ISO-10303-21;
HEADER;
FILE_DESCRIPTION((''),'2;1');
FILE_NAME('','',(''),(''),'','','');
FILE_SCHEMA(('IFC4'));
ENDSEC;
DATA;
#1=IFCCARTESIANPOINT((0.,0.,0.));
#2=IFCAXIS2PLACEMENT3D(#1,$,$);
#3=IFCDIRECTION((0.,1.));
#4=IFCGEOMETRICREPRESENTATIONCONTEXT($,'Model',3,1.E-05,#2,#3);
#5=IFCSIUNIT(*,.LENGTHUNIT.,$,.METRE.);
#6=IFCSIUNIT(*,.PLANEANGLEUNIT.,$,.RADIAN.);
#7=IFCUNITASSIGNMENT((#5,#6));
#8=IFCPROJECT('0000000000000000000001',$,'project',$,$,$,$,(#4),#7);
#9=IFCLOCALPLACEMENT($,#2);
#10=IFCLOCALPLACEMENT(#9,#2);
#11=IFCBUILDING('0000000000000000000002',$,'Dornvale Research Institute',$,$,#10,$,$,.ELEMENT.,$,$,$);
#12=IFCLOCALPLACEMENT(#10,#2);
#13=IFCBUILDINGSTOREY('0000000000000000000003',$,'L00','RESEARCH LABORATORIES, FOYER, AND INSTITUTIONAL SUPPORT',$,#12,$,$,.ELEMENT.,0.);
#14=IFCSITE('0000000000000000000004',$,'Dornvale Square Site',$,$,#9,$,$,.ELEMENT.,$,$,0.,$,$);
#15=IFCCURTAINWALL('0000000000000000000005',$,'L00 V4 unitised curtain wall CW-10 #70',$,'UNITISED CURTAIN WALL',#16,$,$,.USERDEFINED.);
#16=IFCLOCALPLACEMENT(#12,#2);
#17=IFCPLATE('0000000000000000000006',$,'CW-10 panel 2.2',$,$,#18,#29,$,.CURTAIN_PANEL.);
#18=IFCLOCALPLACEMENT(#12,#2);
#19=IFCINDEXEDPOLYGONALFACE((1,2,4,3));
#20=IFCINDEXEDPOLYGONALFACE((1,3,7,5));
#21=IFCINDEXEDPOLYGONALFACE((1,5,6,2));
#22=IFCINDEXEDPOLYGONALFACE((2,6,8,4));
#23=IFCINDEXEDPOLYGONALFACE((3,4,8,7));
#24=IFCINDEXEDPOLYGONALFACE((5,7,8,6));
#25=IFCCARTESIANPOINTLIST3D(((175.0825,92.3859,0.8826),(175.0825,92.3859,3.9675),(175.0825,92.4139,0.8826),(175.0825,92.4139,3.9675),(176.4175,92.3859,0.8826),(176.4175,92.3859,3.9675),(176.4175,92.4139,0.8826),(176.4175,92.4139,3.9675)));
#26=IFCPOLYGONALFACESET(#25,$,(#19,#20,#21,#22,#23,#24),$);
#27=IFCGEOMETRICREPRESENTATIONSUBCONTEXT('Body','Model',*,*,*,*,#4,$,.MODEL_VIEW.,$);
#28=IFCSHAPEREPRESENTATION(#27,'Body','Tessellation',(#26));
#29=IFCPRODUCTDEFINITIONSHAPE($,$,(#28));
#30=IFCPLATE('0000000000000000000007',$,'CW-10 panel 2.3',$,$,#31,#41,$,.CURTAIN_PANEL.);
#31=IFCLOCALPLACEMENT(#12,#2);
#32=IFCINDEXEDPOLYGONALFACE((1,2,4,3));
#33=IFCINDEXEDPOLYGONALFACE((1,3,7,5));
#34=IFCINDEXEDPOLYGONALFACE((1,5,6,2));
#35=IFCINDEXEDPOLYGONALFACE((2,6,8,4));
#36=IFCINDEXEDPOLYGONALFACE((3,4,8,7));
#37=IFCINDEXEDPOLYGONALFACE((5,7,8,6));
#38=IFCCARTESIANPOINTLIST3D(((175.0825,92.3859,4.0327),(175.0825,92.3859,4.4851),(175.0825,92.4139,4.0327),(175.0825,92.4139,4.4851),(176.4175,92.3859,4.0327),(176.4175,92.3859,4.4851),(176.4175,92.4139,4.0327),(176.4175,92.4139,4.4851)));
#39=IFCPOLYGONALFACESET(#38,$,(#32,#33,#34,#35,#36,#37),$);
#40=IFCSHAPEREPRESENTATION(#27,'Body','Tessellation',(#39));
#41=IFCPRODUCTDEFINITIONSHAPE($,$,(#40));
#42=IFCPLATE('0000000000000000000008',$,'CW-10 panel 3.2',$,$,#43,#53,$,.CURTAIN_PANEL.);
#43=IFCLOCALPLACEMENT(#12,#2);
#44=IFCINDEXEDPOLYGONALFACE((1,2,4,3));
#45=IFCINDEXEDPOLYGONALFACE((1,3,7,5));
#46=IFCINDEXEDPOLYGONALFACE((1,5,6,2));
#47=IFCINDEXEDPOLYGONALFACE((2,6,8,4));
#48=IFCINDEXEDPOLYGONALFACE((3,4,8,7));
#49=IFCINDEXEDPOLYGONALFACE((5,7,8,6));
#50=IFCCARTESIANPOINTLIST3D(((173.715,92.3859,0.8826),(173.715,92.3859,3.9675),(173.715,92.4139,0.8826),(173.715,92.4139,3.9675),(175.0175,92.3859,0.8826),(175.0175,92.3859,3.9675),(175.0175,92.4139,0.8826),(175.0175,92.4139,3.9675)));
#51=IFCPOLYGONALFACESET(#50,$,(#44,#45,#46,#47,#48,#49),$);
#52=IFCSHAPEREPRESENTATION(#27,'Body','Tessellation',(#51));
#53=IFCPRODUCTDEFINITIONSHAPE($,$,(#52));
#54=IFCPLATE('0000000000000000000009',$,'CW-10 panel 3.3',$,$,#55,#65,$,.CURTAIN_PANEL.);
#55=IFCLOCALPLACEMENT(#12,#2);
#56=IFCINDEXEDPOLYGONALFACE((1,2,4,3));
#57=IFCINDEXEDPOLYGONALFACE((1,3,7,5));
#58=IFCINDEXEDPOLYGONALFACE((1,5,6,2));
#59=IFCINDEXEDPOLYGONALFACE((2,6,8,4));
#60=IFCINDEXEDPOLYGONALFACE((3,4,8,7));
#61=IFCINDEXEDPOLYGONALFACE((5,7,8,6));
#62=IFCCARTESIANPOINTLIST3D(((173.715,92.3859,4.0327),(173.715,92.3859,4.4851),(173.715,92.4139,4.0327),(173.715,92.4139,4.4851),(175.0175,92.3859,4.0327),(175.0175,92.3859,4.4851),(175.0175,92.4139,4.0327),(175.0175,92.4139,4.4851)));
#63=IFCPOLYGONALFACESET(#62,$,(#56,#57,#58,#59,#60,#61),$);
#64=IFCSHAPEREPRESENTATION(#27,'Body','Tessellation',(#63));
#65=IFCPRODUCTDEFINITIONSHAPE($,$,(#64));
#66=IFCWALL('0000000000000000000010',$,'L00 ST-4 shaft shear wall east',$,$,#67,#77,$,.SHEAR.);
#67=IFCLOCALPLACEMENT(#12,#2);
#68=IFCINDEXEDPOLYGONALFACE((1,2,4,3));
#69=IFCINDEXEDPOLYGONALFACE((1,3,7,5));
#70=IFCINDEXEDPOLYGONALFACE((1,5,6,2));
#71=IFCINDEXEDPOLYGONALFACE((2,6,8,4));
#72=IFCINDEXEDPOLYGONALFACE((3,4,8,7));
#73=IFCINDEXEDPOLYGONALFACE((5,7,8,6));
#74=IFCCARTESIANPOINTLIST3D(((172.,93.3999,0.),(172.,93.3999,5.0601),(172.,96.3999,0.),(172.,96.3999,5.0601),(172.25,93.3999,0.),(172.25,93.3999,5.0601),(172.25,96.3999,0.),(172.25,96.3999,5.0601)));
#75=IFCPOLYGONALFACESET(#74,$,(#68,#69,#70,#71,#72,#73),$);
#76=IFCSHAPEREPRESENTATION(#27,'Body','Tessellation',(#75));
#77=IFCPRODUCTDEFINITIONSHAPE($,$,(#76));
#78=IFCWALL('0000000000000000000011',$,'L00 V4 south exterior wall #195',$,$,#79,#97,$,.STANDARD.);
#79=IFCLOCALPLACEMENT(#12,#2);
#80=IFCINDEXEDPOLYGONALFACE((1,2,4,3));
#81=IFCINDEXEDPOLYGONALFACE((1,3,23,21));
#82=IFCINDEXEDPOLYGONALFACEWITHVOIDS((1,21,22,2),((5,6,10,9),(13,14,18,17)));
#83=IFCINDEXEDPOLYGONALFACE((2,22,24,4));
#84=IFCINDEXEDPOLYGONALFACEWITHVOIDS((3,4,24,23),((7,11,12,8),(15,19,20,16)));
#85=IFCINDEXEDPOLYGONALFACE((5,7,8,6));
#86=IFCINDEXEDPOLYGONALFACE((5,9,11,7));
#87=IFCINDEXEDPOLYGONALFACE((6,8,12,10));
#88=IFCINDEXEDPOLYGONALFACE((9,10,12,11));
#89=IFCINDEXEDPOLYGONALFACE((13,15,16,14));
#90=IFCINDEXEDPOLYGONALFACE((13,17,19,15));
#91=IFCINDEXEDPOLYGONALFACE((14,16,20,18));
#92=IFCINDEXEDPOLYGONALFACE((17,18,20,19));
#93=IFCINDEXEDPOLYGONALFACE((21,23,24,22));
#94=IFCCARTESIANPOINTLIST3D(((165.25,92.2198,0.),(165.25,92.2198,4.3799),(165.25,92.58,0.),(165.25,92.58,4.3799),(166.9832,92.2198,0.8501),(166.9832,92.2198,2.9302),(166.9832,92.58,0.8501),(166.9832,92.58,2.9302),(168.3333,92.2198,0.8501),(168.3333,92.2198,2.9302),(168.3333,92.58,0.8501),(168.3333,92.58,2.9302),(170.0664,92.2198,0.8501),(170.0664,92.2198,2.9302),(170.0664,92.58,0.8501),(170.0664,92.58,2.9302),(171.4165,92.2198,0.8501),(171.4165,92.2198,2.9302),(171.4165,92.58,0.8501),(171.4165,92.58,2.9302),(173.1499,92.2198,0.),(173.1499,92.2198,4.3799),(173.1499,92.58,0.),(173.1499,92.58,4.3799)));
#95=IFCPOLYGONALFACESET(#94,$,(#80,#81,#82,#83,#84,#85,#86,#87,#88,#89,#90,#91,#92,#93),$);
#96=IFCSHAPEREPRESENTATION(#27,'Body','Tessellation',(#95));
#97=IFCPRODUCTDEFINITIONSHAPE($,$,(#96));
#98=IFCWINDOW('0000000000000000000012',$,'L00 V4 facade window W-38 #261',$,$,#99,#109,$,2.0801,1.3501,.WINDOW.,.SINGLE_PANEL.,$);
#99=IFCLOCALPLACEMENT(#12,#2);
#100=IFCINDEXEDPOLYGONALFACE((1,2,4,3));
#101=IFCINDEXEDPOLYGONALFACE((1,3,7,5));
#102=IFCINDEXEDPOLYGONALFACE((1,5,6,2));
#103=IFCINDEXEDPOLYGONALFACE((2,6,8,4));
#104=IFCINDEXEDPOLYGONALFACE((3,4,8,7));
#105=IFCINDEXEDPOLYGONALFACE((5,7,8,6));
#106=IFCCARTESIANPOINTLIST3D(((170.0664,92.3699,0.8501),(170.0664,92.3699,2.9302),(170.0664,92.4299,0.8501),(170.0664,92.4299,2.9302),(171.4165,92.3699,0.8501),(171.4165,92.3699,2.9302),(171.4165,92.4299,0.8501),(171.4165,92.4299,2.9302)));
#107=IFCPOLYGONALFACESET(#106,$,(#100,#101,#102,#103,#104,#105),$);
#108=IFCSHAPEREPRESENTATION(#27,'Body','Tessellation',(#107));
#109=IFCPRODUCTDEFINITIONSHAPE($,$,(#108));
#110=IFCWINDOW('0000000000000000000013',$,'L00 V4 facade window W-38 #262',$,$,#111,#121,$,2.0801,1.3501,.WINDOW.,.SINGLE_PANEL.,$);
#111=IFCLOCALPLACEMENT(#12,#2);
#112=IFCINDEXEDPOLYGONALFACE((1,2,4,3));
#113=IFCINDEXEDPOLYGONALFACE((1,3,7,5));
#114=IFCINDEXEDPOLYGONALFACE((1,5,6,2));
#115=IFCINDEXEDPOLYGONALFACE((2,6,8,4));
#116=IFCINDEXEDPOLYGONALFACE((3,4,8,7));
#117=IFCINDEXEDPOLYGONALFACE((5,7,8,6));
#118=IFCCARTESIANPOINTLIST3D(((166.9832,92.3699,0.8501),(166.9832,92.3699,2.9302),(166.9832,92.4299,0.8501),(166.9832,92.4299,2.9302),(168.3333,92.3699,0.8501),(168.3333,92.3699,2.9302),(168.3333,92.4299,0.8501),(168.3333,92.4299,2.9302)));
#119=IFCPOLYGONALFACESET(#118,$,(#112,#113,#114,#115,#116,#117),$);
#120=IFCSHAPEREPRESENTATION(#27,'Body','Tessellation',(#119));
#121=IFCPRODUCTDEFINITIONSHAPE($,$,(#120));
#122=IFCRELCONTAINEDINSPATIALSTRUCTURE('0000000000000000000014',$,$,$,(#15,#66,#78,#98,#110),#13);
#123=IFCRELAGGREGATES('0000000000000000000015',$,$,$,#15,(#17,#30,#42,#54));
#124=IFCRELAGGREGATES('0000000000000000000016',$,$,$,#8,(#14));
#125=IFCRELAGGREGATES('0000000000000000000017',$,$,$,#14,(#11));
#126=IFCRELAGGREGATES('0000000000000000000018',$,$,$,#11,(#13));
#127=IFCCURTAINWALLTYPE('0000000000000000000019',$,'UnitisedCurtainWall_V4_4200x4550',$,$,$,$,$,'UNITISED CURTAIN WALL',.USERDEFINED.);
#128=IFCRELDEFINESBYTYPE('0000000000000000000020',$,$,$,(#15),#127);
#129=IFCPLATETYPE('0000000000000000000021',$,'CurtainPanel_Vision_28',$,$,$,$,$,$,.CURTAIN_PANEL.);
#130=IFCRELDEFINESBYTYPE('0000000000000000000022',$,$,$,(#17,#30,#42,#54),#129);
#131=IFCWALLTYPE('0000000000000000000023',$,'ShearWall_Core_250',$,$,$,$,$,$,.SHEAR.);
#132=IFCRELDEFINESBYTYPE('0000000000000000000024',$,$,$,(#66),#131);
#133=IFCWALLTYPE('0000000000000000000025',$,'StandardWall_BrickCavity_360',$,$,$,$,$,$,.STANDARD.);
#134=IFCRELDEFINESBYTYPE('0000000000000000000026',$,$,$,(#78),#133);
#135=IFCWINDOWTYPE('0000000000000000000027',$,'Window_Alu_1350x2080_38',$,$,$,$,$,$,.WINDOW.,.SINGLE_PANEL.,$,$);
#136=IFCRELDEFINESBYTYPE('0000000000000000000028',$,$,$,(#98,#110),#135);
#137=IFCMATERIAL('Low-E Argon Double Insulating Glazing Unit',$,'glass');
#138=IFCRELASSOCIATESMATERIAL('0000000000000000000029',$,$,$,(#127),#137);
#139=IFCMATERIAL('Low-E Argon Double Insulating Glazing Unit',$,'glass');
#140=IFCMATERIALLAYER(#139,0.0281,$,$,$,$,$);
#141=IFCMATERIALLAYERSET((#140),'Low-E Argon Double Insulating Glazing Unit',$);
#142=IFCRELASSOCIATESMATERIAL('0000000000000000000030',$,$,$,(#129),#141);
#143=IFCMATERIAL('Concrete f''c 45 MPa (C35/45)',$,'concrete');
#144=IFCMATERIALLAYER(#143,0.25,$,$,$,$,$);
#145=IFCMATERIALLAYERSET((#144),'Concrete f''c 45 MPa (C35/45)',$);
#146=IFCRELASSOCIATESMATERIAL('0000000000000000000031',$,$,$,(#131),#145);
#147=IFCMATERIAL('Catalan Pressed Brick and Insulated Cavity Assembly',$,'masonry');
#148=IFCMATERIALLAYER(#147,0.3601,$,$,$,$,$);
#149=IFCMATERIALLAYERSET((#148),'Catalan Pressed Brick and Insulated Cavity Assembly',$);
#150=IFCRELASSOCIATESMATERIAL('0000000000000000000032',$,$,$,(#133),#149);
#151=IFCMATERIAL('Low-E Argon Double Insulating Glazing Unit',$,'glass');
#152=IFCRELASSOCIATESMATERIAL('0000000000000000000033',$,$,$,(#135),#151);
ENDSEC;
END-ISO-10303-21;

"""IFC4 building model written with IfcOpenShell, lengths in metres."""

from ifc_helpers import new_model, si_unit, direction, frame, frame_2d, origin, origin_2d, place, context, subcontext, project, spatial, rectangle, extrude, material, layer, layer_set, type_object, element, fill, aggregate, save


model = new_model("IFC4")

# Units and contexts
model_context = context("Model", 3, precision=1e-05, world=origin(), true_north=direction((0.0, 1.0)))
body_context = subcontext(model_context, "Body", "Model", "MODEL_VIEW")
ifc_project = project(units=[si_unit("LENGTHUNIT", "METRE"), si_unit("PLANEANGLEUNIT", "RADIAN")], contexts=[model_context])

# Site, building, storey
site_placement = place(None, origin())
site = spatial("IfcSite", under=ifc_project, at=site_placement, Name="Dornvale Square Site", CompositionType="ELEMENT", RefElevation=0.0)
building_placement = place(site_placement, origin())
building = spatial("IfcBuilding", under=site, at=building_placement, Name="Dornvale Research Institute", CompositionType="ELEMENT")
storey_placement = place(building_placement, origin())
storey = spatial("IfcBuildingStorey", under=building, at=storey_placement, Name="L00", Description="RESEARCH LABORATORIES, FOYER, AND INSTITUTIONAL SUPPORT", CompositionType="ELEMENT", Elevation=0.0)

# Curtain wall, plates
ifc_material_1 = material(Name="Low-E Argon Double Insulating Glazing Unit", Category="glass")
curtain_wall_type = type_object("IfcCurtainWallType", Name="UnitisedCurtainWall_V4_4200x4550", ElementType="UNITISED CURTAIN WALL", PredefinedType="USERDEFINED", material=ifc_material_1)
curtain_wall_placement = place(storey_placement, origin())
curtain_wall = element("IfcCurtainWall", 1, at=curtain_wall_placement, inside=storey, type_object=curtain_wall_type, Name="L00 V4 unitised curtain wall CW-10 #70", ObjectType="UNITISED CURTAIN WALL", PredefinedType="USERDEFINED")
ifc_material_2 = material(Name="Low-E Argon Double Insulating Glazing Unit", Category="glass")
ifc_layer_1 = layer(ifc_material_2, 0.0281)
ifc_layer_set_1 = layer_set([ifc_layer_1], Name="Low-E Argon Double Insulating Glazing Unit")
plate_type_1 = type_object("IfcPlateType", Name="CurtainPanel_Vision_28", PredefinedType="CURTAIN_PANEL", material=ifc_layer_set_1)
plate_1_placement = place(storey_placement, frame((175.75, 92.3999, 0.8826), z_axis=(0.0, 0.0, 1.0), x_axis=(-1.0, 0.0, 0.0)))
plate_1 = element("IfcPlate", 2, at=plate_1_placement, type_object=plate_type_1, Name="CW-10 panel 2.2", PredefinedType="CURTAIN_PANEL", context=body_context, shape_type="SweptSolid", body=[
    extrude(rectangle(XDim=1.335, YDim=0.0281, at=origin_2d()), origin(), (0.0, 0.0, 1.0), 3.085),
])
plate_2_placement = place(storey_placement, frame((175.75, 92.3999, 4.0327), z_axis=(0.0, 0.0, 1.0), x_axis=(-1.0, 0.0, 0.0)))
plate_2 = element("IfcPlate", 3, at=plate_2_placement, type_object=plate_type_1, Name="CW-10 panel 2.3", PredefinedType="CURTAIN_PANEL", context=body_context, shape_type="SweptSolid", body=[
    extrude(rectangle(XDim=1.335, YDim=0.0281, at=origin_2d()), origin(), (0.0, 0.0, 1.0), 0.4524),
])
plate_3_placement = place(storey_placement, frame((174.3662, 92.3999, 0.8826), z_axis=(0.0, 0.0, 1.0), x_axis=(-1.0, 0.0, 0.0)))
plate_3 = element("IfcPlate", 4, at=plate_3_placement, type_object=plate_type_1, Name="CW-10 panel 3.2", PredefinedType="CURTAIN_PANEL", context=body_context, shape_type="SweptSolid", body=[
    extrude(rectangle(XDim=1.3025, YDim=0.0281, at=origin_2d()), origin(), (0.0, 0.0, 1.0), 3.085),
])
plate_4_placement = place(storey_placement, frame((174.3662, 92.3999, 4.0327), z_axis=(0.0, 0.0, 1.0), x_axis=(-1.0, 0.0, 0.0)))
plate_4 = element("IfcPlate", 5, at=plate_4_placement, type_object=plate_type_1, Name="CW-10 panel 3.3", PredefinedType="CURTAIN_PANEL", context=body_context, shape_type="SweptSolid", body=[
    extrude(rectangle(XDim=1.3025, YDim=0.0281, at=origin_2d()), origin(), (0.0, 0.0, 1.0), 0.4524),
])
aggregate(curtain_wall, [plate_1, plate_2, plate_3, plate_4])

# Wall
ifc_material_3 = material(Name="Concrete f'c 45 MPa (C35/45)", Category="concrete")
ifc_layer_2 = layer(ifc_material_3, 0.25)
ifc_layer_set_2 = layer_set([ifc_layer_2], Name="Concrete f'c 45 MPa (C35/45)")
wall_type_1 = type_object("IfcWallType", Name="ShearWall_Core_250", PredefinedType="SHEAR", material=ifc_layer_set_2)
wall_1_placement = place(storey_placement, frame((172.125, 93.3999, 0.0), z_axis=(0.0, 0.0, 1.0), x_axis=(0.0, 1.0, 0.0)))
element("IfcWall", 6, at=wall_1_placement, inside=storey, type_object=wall_type_1, Name="L00 ST-4 shaft shear wall east", PredefinedType="SHEAR", context=body_context, shape_type="SweptSolid", body=[
    extrude(rectangle(XDim=3.0, YDim=0.25, at=frame_2d((1.5, 0.0))), origin(), (0.0, 0.0, 1.0), 5.0601),
])

# Wall, openings, windows
ifc_material_4 = material(Name="Catalan Pressed Brick and Insulated Cavity Assembly", Category="masonry")
ifc_layer_3 = layer(ifc_material_4, 0.3601)
ifc_layer_set_3 = layer_set([ifc_layer_3], Name="Catalan Pressed Brick and Insulated Cavity Assembly")
wall_type_2 = type_object("IfcWallType", Name="StandardWall_BrickCavity_360", PredefinedType="STANDARD", material=ifc_layer_set_3)
wall_2_placement = place(storey_placement, frame((173.1499, 92.3999, 0.0), z_axis=(0.0, 0.0, 1.0), x_axis=(-1.0, 0.0, 0.0)))
wall_2 = element("IfcWall", 7, at=wall_2_placement, inside=storey, type_object=wall_type_2, Name="L00 V4 south exterior wall #195", PredefinedType="STANDARD", context=body_context, shape_type="SweptSolid", body=[
    extrude(rectangle(XDim=7.8999, YDim=0.3601, at=frame_2d((3.95, 0.0))), origin(), (0.0, 0.0, 1.0), 4.3799),
])
opening_1_placement = place(wall_2_placement, frame((1.7334, 0.0, 0.8501)))
opening_1 = element("IfcOpeningElement", 8, at=opening_1_placement, cuts=wall_2, PredefinedType="OPENING", context=body_context, shape_type="SweptSolid", body=[
    extrude(rectangle(XDim=1.3501, YDim=2.0801, at=frame_2d((0.675, 1.04))), frame((0.0, 0.1951, 0.0), z_axis=(0.0, -1.0, 0.0), x_axis=(1.0, 0.0, 0.0)), (0.0, 0.0, 1.0), 0.3901),
])
opening_2_placement = place(wall_2_placement, frame((4.8167, 0.0, 0.8501)))
opening_2 = element("IfcOpeningElement", 9, at=opening_2_placement, cuts=wall_2, PredefinedType="OPENING", context=body_context, shape_type="SweptSolid", body=[
    extrude(rectangle(XDim=1.3501, YDim=2.0801, at=frame_2d((0.675, 1.04))), frame((0.0, 0.1951, 0.0), z_axis=(0.0, -1.0, 0.0), x_axis=(1.0, 0.0, 0.0)), (0.0, 0.0, 1.0), 0.3901),
])
ifc_material_5 = material(Name="Low-E Argon Double Insulating Glazing Unit", Category="glass")
window_type = type_object("IfcWindowType", Name="Window_Alu_1350x2080_38", PartitioningType="SINGLE_PANEL", PredefinedType="WINDOW", material=ifc_material_5)
window_1_placement = place(opening_1_placement, origin())
window_1 = element("IfcWindow", 10, at=window_1_placement, inside=storey, type_object=window_type, Name="L00 V4 facade window W-38 #261", OverallHeight=2.0801, OverallWidth=1.3501, PartitioningType="SINGLE_PANEL", PredefinedType="WINDOW", context=body_context, shape_type="SweptSolid", body=[
    extrude(rectangle(XDim=1.3501, YDim=2.0801, at=frame_2d((0.675, 1.04))), frame((0.0, 0.03, 0.0), z_axis=(0.0, -1.0, 0.0), x_axis=(1.0, 0.0, 0.0)), (0.0, 0.0, 1.0), 0.0601),
])
fill(opening_1, window_1)
window_2_placement = place(opening_2_placement, origin())
window_2 = element("IfcWindow", 11, at=window_2_placement, inside=storey, type_object=window_type, Name="L00 V4 facade window W-38 #262", OverallHeight=2.0801, OverallWidth=1.3501, PartitioningType="SINGLE_PANEL", PredefinedType="WINDOW", context=body_context, shape_type="SweptSolid", body=[
    extrude(rectangle(XDim=1.3501, YDim=2.0801, at=frame_2d((0.675, 1.04))), frame((0.0, 0.03, 0.0), z_axis=(0.0, -1.0, 0.0), x_axis=(1.0, 0.0, 0.0)), (0.0, 0.0, 1.0), 0.0601),
])
fill(opening_2, window_2)

save(model, "model.ifc")
